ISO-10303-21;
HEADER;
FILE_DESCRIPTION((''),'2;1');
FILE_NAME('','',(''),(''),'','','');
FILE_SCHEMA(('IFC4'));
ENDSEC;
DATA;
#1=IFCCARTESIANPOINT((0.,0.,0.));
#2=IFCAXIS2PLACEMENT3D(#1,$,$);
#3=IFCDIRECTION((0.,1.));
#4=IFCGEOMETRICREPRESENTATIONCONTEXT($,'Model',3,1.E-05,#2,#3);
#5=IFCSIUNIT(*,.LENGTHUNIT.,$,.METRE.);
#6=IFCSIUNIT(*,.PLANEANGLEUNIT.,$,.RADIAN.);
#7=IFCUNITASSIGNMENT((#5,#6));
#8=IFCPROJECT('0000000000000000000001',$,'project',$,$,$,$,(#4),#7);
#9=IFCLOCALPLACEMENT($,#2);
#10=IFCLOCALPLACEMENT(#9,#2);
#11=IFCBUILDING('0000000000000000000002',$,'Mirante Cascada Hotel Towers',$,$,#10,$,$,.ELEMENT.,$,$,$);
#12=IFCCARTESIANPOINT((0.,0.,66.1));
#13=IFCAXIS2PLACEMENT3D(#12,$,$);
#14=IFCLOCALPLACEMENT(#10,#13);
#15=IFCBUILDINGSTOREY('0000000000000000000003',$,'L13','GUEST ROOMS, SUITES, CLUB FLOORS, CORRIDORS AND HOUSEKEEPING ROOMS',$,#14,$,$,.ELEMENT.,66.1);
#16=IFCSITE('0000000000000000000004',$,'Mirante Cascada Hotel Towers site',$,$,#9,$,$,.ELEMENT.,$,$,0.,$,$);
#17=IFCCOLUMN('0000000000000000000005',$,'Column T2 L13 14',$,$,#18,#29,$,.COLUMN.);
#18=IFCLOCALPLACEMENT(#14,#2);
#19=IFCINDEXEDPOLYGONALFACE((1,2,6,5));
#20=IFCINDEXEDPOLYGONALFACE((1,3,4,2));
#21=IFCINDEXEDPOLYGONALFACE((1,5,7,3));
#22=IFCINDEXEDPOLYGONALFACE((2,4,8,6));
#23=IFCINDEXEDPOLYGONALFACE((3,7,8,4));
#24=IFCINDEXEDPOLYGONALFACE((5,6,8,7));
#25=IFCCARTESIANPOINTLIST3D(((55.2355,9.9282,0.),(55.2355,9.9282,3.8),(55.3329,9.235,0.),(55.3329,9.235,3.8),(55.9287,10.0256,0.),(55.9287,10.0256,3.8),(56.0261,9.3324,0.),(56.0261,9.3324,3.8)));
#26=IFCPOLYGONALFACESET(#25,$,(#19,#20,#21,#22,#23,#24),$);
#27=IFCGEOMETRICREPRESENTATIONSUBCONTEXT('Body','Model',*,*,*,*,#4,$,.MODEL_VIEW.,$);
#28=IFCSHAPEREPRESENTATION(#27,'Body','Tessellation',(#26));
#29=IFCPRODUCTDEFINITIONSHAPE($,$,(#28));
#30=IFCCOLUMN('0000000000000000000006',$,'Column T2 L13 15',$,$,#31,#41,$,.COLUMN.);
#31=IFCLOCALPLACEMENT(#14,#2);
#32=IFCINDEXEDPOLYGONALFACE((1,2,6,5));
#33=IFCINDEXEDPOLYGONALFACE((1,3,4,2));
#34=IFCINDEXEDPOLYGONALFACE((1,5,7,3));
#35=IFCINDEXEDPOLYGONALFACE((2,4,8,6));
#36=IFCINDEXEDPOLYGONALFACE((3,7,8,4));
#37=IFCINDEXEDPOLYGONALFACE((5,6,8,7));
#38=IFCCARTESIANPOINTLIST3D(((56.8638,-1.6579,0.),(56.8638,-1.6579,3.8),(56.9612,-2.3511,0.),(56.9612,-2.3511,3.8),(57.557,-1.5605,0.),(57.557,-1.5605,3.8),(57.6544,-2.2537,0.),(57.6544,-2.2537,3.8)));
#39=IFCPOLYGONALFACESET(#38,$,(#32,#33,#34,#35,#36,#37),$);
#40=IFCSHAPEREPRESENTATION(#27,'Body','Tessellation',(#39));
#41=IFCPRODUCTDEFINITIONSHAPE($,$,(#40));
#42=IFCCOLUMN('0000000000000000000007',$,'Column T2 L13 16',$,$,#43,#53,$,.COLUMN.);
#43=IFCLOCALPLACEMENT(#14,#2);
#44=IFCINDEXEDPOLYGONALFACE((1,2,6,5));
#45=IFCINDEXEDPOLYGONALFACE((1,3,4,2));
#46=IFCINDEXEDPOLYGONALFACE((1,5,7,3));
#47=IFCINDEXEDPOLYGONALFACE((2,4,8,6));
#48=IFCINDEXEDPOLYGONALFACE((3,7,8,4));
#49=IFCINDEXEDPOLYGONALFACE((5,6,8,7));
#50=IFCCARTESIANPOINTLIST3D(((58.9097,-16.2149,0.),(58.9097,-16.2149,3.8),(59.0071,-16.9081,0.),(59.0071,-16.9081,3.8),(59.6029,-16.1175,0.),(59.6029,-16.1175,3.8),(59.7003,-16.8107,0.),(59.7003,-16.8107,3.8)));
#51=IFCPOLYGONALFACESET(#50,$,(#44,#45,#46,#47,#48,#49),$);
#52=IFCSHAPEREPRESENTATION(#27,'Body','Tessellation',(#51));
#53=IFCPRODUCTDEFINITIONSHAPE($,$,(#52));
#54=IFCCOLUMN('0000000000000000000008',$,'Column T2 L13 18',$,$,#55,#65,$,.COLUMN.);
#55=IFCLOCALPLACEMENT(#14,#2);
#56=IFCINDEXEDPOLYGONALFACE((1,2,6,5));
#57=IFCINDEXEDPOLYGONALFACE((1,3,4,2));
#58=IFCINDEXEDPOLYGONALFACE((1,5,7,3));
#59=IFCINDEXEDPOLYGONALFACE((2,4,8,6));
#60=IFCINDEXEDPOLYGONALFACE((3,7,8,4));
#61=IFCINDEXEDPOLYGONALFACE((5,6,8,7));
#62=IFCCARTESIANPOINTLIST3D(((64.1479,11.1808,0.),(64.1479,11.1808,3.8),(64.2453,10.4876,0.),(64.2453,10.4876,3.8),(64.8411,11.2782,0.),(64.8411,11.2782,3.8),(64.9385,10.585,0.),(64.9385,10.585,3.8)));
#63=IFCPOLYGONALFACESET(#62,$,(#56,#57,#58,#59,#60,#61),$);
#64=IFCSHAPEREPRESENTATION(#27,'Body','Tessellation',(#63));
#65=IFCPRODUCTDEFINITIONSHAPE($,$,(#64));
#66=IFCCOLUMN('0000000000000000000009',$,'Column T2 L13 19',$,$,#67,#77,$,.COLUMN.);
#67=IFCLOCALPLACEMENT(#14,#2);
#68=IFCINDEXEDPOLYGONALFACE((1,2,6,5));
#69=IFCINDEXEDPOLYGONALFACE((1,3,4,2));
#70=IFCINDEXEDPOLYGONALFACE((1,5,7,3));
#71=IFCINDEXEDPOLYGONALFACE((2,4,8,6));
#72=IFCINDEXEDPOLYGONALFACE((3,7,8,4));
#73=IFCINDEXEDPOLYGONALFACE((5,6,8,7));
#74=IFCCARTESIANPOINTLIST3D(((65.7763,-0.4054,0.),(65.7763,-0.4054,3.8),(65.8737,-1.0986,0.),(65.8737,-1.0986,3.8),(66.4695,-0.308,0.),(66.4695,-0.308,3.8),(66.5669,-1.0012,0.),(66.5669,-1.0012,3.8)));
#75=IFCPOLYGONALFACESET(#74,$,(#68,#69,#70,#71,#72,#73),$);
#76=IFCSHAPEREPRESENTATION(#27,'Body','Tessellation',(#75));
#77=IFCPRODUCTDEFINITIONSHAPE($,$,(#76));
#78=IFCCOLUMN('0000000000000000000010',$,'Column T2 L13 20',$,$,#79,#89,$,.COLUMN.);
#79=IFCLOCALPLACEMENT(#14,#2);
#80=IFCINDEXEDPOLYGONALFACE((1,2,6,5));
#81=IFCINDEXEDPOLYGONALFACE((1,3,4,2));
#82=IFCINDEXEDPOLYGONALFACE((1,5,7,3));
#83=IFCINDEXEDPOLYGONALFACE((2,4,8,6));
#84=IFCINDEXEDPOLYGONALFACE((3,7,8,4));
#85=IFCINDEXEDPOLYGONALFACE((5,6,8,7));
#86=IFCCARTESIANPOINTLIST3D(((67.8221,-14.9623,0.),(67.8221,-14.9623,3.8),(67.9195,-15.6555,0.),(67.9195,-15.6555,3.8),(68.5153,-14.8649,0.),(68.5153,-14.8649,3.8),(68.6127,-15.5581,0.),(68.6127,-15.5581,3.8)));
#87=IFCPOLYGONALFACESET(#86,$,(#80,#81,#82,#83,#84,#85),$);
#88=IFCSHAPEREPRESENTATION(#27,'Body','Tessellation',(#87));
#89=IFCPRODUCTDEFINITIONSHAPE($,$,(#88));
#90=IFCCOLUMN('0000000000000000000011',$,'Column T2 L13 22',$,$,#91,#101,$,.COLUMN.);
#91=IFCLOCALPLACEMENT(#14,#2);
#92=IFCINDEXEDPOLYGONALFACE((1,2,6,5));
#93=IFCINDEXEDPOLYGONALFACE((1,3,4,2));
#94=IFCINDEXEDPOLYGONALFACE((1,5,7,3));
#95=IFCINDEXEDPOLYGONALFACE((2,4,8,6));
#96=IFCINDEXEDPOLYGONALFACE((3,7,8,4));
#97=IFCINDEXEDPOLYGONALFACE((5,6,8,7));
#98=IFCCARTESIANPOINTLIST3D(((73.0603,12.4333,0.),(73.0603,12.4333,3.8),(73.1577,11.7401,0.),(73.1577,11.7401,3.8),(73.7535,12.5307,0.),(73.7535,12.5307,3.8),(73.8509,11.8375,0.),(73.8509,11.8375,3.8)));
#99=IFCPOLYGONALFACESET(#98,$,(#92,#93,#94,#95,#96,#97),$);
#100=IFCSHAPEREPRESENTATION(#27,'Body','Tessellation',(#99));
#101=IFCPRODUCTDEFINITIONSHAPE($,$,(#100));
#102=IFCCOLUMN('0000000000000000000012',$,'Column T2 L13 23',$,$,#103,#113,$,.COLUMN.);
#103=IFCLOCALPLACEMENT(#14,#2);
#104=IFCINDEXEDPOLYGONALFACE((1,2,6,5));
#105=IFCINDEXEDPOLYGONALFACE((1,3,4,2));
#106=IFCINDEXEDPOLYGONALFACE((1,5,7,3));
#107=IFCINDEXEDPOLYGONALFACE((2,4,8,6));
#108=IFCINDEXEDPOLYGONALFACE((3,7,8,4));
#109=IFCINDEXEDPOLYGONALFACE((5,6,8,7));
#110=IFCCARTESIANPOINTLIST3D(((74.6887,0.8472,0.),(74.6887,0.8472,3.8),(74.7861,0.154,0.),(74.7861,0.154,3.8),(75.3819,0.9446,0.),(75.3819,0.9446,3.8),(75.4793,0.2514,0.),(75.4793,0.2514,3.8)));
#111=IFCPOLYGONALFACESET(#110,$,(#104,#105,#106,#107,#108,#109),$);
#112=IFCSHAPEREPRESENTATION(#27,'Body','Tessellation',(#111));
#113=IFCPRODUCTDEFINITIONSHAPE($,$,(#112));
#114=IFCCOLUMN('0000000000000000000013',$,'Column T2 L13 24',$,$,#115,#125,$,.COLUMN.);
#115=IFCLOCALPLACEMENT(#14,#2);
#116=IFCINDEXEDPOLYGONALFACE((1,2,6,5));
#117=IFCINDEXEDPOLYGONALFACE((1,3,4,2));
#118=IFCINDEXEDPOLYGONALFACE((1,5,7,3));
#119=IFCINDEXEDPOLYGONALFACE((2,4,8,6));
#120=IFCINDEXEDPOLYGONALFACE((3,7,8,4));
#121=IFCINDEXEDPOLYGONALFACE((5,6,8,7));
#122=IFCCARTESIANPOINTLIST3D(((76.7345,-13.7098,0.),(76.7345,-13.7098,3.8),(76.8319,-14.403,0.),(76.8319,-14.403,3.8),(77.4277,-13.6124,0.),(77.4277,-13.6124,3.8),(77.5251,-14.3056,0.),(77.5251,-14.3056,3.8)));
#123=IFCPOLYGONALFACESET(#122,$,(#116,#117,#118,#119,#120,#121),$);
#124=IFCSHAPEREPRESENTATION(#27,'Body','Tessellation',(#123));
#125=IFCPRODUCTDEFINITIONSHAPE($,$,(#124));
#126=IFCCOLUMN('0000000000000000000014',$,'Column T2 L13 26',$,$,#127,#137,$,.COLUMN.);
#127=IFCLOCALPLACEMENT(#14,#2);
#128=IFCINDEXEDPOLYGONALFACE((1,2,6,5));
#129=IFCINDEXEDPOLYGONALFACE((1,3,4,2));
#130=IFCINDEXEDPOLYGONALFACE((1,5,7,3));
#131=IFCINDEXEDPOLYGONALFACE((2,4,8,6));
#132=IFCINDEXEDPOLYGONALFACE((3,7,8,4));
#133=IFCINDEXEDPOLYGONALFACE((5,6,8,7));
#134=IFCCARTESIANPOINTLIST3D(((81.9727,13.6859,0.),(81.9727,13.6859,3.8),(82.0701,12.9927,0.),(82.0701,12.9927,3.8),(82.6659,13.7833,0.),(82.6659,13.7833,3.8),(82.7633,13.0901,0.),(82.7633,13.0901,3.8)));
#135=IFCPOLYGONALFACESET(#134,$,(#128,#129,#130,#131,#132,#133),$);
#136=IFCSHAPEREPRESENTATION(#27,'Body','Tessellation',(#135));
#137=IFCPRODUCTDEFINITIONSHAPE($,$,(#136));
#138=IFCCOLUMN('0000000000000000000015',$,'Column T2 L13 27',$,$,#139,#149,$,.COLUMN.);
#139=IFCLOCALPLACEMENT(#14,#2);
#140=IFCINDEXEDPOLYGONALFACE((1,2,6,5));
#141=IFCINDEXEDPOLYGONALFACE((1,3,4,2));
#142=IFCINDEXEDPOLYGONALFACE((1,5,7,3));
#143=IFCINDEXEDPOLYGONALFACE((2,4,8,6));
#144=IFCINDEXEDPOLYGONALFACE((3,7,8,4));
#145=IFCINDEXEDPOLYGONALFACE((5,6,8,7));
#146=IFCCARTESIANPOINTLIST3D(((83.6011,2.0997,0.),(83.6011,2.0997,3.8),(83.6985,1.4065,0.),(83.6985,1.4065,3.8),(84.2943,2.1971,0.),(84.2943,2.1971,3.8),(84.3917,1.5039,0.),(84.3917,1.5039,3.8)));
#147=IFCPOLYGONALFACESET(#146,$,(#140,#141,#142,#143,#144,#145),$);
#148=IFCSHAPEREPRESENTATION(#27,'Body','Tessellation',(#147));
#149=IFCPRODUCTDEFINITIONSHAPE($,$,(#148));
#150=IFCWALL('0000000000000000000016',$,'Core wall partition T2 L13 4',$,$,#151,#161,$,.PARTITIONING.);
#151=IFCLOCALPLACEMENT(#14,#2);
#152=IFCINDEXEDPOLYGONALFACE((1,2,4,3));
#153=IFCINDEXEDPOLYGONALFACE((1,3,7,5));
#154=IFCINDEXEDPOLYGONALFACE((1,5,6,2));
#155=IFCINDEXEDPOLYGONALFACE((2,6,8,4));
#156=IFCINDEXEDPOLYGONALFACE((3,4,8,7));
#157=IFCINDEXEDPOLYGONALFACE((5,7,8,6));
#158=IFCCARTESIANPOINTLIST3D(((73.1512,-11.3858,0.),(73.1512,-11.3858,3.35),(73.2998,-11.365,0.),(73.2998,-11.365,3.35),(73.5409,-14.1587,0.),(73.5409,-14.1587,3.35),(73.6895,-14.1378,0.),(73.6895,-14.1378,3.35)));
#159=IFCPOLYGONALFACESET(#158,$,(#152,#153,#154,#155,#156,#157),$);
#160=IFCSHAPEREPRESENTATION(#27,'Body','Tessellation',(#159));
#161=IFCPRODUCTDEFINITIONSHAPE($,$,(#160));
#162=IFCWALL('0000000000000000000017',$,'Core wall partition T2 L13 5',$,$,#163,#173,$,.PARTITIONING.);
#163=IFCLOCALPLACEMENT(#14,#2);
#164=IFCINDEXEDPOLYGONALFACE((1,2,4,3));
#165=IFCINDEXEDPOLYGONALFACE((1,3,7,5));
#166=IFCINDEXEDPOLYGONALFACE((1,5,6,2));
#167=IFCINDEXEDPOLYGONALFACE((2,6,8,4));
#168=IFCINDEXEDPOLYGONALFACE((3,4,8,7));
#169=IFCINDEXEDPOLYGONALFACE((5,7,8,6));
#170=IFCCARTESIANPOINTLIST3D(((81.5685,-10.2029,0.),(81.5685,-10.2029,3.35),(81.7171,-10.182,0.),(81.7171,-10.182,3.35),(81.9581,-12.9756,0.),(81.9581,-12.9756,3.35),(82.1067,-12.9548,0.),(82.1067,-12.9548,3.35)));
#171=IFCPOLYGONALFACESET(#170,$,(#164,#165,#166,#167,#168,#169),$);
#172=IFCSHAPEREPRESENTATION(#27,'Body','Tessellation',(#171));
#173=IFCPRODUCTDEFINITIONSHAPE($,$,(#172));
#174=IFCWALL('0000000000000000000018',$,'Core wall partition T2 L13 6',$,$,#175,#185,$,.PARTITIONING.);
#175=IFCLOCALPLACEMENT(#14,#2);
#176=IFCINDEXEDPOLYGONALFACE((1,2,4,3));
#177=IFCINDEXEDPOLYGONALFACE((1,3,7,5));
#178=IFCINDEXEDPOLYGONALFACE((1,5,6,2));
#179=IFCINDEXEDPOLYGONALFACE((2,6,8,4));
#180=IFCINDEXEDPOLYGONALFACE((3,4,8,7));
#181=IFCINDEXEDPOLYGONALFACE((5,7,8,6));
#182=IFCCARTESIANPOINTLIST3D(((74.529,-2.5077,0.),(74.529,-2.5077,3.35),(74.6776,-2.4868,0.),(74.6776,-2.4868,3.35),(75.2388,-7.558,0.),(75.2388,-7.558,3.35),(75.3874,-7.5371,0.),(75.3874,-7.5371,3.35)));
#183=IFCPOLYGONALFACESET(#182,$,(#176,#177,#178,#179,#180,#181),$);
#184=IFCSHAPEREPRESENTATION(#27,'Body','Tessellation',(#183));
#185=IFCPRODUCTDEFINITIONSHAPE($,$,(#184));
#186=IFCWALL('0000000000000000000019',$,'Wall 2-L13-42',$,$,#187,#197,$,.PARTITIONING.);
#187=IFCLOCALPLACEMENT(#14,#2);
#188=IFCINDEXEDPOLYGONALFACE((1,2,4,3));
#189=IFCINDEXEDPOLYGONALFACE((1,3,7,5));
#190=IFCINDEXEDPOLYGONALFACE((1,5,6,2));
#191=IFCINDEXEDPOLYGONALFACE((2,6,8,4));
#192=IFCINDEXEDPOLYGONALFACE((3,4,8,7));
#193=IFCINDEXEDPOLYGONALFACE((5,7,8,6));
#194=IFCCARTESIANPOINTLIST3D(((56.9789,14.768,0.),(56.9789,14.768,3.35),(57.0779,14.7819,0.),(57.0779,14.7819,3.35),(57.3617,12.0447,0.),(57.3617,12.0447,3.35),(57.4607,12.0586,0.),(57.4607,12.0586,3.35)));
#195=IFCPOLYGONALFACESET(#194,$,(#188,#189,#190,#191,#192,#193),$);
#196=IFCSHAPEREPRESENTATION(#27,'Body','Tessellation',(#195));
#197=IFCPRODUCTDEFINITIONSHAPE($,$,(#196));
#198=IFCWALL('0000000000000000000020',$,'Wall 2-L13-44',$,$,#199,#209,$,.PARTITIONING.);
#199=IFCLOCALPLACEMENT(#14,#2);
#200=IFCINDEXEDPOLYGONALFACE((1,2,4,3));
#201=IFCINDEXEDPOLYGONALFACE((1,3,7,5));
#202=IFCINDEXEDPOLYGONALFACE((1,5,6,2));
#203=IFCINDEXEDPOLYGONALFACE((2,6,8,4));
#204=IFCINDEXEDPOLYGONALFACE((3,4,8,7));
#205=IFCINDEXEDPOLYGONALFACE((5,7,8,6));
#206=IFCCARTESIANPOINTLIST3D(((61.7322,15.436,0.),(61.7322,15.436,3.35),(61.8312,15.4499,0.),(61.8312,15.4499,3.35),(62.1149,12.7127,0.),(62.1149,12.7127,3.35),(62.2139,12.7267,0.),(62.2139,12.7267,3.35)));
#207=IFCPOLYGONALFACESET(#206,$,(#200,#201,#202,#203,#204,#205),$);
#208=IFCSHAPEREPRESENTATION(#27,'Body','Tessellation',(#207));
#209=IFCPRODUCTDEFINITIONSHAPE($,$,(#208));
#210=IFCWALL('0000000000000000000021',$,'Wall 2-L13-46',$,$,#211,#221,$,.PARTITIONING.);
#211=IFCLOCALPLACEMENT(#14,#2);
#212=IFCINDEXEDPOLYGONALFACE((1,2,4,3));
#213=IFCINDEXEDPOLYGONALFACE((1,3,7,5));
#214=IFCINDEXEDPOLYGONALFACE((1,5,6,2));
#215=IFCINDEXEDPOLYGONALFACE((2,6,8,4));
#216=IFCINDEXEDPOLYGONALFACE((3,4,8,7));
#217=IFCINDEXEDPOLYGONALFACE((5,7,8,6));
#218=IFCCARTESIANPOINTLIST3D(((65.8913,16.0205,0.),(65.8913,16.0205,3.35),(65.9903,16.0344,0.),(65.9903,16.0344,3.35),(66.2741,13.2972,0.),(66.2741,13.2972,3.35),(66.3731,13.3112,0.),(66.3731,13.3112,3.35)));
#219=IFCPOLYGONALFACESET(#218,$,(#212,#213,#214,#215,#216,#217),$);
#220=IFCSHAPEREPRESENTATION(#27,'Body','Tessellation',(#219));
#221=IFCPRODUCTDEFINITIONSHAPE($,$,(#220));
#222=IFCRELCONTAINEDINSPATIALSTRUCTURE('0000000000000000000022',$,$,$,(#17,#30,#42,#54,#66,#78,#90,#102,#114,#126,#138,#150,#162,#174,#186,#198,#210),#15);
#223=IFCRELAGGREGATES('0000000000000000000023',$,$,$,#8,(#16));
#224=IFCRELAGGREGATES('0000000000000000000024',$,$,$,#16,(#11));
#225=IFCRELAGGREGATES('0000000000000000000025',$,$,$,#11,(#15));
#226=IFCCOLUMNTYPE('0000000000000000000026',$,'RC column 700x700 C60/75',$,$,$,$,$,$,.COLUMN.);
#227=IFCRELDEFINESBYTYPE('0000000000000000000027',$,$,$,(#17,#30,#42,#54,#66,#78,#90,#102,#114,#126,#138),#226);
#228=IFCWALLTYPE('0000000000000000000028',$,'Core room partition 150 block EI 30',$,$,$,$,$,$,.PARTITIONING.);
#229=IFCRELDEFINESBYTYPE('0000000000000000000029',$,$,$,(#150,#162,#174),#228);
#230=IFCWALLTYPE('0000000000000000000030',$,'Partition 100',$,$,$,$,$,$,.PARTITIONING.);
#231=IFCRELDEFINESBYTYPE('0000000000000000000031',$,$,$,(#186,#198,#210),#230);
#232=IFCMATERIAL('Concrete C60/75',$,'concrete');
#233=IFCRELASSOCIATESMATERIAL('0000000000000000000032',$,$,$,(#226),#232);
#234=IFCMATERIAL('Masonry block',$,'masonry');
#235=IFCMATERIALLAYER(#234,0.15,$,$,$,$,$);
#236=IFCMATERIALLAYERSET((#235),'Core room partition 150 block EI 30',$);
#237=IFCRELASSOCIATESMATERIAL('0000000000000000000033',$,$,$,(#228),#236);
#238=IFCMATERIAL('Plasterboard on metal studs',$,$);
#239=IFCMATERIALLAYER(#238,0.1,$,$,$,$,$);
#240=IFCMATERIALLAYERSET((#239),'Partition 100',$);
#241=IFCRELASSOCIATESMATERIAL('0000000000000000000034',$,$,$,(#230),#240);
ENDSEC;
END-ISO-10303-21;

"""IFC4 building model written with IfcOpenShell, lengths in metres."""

from ifc_helpers import new_model, si_unit, direction, frame, frame_2d, origin, origin_2d, place, context, subcontext, project, spatial, rectangle, extrude, material, layer, layer_set, material_profile, profile_set, type_object, element, save


model = new_model("IFC4")

# Units and contexts
model_context = context("Model", 3, precision=1e-05, world=origin(), true_north=direction((0.0, 1.0)))
body_context = subcontext(model_context, "Body", "Model", "MODEL_VIEW")
ifc_project = project(units=[si_unit("LENGTHUNIT", "METRE"), si_unit("PLANEANGLEUNIT", "RADIAN")], contexts=[model_context])

# Site, building, storey
site_placement = place(None, origin())
site = spatial("IfcSite", under=ifc_project, at=site_placement, Name="Mirante Cascada Hotel Towers site", CompositionType="ELEMENT", RefElevation=0.0)
building_placement = place(site_placement, origin())
building = spatial("IfcBuilding", under=site, at=building_placement, Name="Mirante Cascada Hotel Towers", CompositionType="ELEMENT")
storey_placement = place(building_placement, frame((0.0, 0.0, 66.1)))
storey = spatial("IfcBuildingStorey", under=building, at=storey_placement, Name="L13", Description="GUEST ROOMS, SUITES, CLUB FLOORS, CORRIDORS AND HOUSEKEEPING ROOMS", CompositionType="ELEMENT", Elevation=66.1)

# Columns
ifc_material_1 = material(Name="Concrete C60/75", Category="concrete")
ifc_material_profile = material_profile(ifc_material_1, rectangle(XDim=0.7, YDim=0.7, at=origin_2d()), Name="RC column 700x700 C60/75")
ifc_profile_set = profile_set([ifc_material_profile], Name="Concrete C60/75")
column_type = type_object("IfcColumnType", Name="RC column 700x700 C60/75", PredefinedType="COLUMN", material=ifc_profile_set)
for number, where, z_axis, x_axis, name in (
    (1, (55.6308, 9.6303, 0.0), (0.0, 0.0, 1.0), (0.990268, 0.139173, 0.0), "Column T2 L13 14"),
    (2, (57.2591, -1.9558, 0.0), (0.0, 0.0, 1.0), (0.990268, 0.139173, 0.0), "Column T2 L13 15"),
    (3, (59.305, -16.5128, 0.0), (0.0, 0.0, 1.0), (0.990268, 0.139173, 0.0), "Column T2 L13 16"),
    (4, (64.5432, 10.8829, 0.0), (0.0, 0.0, 1.0), (0.990268, 0.139173, 0.0), "Column T2 L13 18"),
    (5, (66.1716, -0.7033, 0.0), (0.0, 0.0, 1.0), (0.990268, 0.139173, 0.0), "Column T2 L13 19"),
    (6, (68.2174, -15.2602, 0.0), (0.0, 0.0, 1.0), (0.990268, 0.139173, 0.0), "Column T2 L13 20"),
    (7, (73.4556, 12.1354, 0.0), (0.0, 0.0, 1.0), (0.990268, 0.139173, 0.0), "Column T2 L13 22"),
    (8, (75.084, 0.5493, 0.0), (0.0, 0.0, 1.0), (0.990268, 0.139173, 0.0), "Column T2 L13 23"),
    (9, (77.1298, -14.0077, 0.0), (0.0, 0.0, 1.0), (0.990268, 0.139173, 0.0), "Column T2 L13 24"),
    (10, (82.368, 13.388, 0.0), (0.0, 0.0, 1.0), (0.990268, 0.139173, 0.0), "Column T2 L13 26"),
    (11, (83.9964, 1.8018, 0.0), (0.0, 0.0, 1.0), (0.990268, 0.139173, 0.0), "Column T2 L13 27"),
):
    element("IfcColumn", number, at=place(storey_placement, frame(where, z_axis=z_axis, x_axis=x_axis)), inside=storey, type_object=column_type, Name=name, PredefinedType="COLUMN", context=body_context, shape_type="SweptSolid", body=[
        extrude(rectangle(XDim=0.7, YDim=0.7, at=origin_2d()), origin(), (0.0, 0.0, 1.0), 3.8),
    ])

# Walls
ifc_material_2 = material(Name="Masonry block", Category="masonry")
ifc_layer_1 = layer(ifc_material_2, 0.15)
ifc_layer_set_1 = layer_set([ifc_layer_1], Name="Core room partition 150 block EI 30")
wall_type_1 = type_object("IfcWallType", Name="Core room partition 150 block EI 30", PredefinedType="PARTITIONING", material=ifc_layer_set_1)
wall_1_placement = place(storey_placement, frame((73.6152, -14.1482, 0.0), z_axis=(0.0, 0.0, 1.0), x_axis=(-0.139176, 0.990268, 0.0)))
element("IfcWall", 12, at=wall_1_placement, inside=storey, type_object=wall_type_1, Name="Core wall partition T2 L13 4", PredefinedType="PARTITIONING", context=body_context, shape_type="SweptSolid", body=[
    extrude(rectangle(XDim=2.8001, YDim=0.15, at=frame_2d((1.4, 0.0))), origin(), (0.0, 0.0, 1.0), 3.35),
])
wall_2_placement = place(storey_placement, frame((82.0324, -12.9652, 0.0), z_axis=(0.0, 0.0, 1.0), x_axis=(-0.139141, 0.990273, 0.0)))
element("IfcWall", 13, at=wall_2_placement, inside=storey, type_object=wall_type_1, Name="Core wall partition T2 L13 5", PredefinedType="PARTITIONING", context=body_context, shape_type="SweptSolid", body=[
    extrude(rectangle(XDim=2.8, YDim=0.15, at=frame_2d((1.4, 0.0))), origin(), (0.0, 0.0, 1.0), 3.35),
])
wall_3_placement = place(storey_placement, frame((75.3131, -7.5476, 0.0), z_axis=(0.0, 0.0, 1.0), x_axis=(-0.139178, 0.990267, 0.0)))
element("IfcWall", 14, at=wall_3_placement, inside=storey, type_object=wall_type_1, Name="Core wall partition T2 L13 6", PredefinedType="PARTITIONING", context=body_context, shape_type="SweptSolid", body=[
    extrude(rectangle(XDim=5.0999, YDim=0.15, at=frame_2d((2.55, 0.0))), origin(), (0.0, 0.0, 1.0), 3.35),
])
ifc_material_3 = material(Name="Plasterboard on metal studs")
ifc_layer_2 = layer(ifc_material_3, 0.1)
ifc_layer_set_2 = layer_set([ifc_layer_2], Name="Partition 100")
wall_type_2 = type_object("IfcWallType", Name="Partition 100", PredefinedType="PARTITIONING", material=ifc_layer_set_2)
wall_4_placement = place(storey_placement, frame((57.4112, 12.0516, 0.0), z_axis=(0.0, 0.0, 1.0), x_axis=(-0.139196, 0.990265, 0.0)))
element("IfcWall", 15, at=wall_4_placement, inside=storey, type_object=wall_type_2, Name="Wall 2-L13-42", PredefinedType="PARTITIONING", context=body_context, shape_type="SweptSolid", body=[
    extrude(rectangle(XDim=2.7501, YDim=0.1, at=frame_2d((1.3751, 0.0))), origin(), (0.0, 0.0, 1.0), 3.35),
])
for number, where, z_axis, x_axis, name in (
    (16, (62.1644, 12.7197, 0.0), (0.0, 0.0, 1.0), (-0.139166, 0.990269, 0.0), "Wall 2-L13-44"),
    (17, (66.3236, 13.3042, 0.0), (0.0, 0.0, 1.0), (-0.139201, 0.990264, 0.0), "Wall 2-L13-46"),
):
    element("IfcWall", number, at=place(storey_placement, frame(where, z_axis=z_axis, x_axis=x_axis)), inside=storey, type_object=wall_type_2, Name=name, PredefinedType="PARTITIONING", context=body_context, shape_type="SweptSolid", body=[
        extrude(rectangle(XDim=2.75, YDim=0.1, at=frame_2d((1.375, 0.0))), origin(), (0.0, 0.0, 1.0), 3.35),
    ])

save(model, "model.ifc")
